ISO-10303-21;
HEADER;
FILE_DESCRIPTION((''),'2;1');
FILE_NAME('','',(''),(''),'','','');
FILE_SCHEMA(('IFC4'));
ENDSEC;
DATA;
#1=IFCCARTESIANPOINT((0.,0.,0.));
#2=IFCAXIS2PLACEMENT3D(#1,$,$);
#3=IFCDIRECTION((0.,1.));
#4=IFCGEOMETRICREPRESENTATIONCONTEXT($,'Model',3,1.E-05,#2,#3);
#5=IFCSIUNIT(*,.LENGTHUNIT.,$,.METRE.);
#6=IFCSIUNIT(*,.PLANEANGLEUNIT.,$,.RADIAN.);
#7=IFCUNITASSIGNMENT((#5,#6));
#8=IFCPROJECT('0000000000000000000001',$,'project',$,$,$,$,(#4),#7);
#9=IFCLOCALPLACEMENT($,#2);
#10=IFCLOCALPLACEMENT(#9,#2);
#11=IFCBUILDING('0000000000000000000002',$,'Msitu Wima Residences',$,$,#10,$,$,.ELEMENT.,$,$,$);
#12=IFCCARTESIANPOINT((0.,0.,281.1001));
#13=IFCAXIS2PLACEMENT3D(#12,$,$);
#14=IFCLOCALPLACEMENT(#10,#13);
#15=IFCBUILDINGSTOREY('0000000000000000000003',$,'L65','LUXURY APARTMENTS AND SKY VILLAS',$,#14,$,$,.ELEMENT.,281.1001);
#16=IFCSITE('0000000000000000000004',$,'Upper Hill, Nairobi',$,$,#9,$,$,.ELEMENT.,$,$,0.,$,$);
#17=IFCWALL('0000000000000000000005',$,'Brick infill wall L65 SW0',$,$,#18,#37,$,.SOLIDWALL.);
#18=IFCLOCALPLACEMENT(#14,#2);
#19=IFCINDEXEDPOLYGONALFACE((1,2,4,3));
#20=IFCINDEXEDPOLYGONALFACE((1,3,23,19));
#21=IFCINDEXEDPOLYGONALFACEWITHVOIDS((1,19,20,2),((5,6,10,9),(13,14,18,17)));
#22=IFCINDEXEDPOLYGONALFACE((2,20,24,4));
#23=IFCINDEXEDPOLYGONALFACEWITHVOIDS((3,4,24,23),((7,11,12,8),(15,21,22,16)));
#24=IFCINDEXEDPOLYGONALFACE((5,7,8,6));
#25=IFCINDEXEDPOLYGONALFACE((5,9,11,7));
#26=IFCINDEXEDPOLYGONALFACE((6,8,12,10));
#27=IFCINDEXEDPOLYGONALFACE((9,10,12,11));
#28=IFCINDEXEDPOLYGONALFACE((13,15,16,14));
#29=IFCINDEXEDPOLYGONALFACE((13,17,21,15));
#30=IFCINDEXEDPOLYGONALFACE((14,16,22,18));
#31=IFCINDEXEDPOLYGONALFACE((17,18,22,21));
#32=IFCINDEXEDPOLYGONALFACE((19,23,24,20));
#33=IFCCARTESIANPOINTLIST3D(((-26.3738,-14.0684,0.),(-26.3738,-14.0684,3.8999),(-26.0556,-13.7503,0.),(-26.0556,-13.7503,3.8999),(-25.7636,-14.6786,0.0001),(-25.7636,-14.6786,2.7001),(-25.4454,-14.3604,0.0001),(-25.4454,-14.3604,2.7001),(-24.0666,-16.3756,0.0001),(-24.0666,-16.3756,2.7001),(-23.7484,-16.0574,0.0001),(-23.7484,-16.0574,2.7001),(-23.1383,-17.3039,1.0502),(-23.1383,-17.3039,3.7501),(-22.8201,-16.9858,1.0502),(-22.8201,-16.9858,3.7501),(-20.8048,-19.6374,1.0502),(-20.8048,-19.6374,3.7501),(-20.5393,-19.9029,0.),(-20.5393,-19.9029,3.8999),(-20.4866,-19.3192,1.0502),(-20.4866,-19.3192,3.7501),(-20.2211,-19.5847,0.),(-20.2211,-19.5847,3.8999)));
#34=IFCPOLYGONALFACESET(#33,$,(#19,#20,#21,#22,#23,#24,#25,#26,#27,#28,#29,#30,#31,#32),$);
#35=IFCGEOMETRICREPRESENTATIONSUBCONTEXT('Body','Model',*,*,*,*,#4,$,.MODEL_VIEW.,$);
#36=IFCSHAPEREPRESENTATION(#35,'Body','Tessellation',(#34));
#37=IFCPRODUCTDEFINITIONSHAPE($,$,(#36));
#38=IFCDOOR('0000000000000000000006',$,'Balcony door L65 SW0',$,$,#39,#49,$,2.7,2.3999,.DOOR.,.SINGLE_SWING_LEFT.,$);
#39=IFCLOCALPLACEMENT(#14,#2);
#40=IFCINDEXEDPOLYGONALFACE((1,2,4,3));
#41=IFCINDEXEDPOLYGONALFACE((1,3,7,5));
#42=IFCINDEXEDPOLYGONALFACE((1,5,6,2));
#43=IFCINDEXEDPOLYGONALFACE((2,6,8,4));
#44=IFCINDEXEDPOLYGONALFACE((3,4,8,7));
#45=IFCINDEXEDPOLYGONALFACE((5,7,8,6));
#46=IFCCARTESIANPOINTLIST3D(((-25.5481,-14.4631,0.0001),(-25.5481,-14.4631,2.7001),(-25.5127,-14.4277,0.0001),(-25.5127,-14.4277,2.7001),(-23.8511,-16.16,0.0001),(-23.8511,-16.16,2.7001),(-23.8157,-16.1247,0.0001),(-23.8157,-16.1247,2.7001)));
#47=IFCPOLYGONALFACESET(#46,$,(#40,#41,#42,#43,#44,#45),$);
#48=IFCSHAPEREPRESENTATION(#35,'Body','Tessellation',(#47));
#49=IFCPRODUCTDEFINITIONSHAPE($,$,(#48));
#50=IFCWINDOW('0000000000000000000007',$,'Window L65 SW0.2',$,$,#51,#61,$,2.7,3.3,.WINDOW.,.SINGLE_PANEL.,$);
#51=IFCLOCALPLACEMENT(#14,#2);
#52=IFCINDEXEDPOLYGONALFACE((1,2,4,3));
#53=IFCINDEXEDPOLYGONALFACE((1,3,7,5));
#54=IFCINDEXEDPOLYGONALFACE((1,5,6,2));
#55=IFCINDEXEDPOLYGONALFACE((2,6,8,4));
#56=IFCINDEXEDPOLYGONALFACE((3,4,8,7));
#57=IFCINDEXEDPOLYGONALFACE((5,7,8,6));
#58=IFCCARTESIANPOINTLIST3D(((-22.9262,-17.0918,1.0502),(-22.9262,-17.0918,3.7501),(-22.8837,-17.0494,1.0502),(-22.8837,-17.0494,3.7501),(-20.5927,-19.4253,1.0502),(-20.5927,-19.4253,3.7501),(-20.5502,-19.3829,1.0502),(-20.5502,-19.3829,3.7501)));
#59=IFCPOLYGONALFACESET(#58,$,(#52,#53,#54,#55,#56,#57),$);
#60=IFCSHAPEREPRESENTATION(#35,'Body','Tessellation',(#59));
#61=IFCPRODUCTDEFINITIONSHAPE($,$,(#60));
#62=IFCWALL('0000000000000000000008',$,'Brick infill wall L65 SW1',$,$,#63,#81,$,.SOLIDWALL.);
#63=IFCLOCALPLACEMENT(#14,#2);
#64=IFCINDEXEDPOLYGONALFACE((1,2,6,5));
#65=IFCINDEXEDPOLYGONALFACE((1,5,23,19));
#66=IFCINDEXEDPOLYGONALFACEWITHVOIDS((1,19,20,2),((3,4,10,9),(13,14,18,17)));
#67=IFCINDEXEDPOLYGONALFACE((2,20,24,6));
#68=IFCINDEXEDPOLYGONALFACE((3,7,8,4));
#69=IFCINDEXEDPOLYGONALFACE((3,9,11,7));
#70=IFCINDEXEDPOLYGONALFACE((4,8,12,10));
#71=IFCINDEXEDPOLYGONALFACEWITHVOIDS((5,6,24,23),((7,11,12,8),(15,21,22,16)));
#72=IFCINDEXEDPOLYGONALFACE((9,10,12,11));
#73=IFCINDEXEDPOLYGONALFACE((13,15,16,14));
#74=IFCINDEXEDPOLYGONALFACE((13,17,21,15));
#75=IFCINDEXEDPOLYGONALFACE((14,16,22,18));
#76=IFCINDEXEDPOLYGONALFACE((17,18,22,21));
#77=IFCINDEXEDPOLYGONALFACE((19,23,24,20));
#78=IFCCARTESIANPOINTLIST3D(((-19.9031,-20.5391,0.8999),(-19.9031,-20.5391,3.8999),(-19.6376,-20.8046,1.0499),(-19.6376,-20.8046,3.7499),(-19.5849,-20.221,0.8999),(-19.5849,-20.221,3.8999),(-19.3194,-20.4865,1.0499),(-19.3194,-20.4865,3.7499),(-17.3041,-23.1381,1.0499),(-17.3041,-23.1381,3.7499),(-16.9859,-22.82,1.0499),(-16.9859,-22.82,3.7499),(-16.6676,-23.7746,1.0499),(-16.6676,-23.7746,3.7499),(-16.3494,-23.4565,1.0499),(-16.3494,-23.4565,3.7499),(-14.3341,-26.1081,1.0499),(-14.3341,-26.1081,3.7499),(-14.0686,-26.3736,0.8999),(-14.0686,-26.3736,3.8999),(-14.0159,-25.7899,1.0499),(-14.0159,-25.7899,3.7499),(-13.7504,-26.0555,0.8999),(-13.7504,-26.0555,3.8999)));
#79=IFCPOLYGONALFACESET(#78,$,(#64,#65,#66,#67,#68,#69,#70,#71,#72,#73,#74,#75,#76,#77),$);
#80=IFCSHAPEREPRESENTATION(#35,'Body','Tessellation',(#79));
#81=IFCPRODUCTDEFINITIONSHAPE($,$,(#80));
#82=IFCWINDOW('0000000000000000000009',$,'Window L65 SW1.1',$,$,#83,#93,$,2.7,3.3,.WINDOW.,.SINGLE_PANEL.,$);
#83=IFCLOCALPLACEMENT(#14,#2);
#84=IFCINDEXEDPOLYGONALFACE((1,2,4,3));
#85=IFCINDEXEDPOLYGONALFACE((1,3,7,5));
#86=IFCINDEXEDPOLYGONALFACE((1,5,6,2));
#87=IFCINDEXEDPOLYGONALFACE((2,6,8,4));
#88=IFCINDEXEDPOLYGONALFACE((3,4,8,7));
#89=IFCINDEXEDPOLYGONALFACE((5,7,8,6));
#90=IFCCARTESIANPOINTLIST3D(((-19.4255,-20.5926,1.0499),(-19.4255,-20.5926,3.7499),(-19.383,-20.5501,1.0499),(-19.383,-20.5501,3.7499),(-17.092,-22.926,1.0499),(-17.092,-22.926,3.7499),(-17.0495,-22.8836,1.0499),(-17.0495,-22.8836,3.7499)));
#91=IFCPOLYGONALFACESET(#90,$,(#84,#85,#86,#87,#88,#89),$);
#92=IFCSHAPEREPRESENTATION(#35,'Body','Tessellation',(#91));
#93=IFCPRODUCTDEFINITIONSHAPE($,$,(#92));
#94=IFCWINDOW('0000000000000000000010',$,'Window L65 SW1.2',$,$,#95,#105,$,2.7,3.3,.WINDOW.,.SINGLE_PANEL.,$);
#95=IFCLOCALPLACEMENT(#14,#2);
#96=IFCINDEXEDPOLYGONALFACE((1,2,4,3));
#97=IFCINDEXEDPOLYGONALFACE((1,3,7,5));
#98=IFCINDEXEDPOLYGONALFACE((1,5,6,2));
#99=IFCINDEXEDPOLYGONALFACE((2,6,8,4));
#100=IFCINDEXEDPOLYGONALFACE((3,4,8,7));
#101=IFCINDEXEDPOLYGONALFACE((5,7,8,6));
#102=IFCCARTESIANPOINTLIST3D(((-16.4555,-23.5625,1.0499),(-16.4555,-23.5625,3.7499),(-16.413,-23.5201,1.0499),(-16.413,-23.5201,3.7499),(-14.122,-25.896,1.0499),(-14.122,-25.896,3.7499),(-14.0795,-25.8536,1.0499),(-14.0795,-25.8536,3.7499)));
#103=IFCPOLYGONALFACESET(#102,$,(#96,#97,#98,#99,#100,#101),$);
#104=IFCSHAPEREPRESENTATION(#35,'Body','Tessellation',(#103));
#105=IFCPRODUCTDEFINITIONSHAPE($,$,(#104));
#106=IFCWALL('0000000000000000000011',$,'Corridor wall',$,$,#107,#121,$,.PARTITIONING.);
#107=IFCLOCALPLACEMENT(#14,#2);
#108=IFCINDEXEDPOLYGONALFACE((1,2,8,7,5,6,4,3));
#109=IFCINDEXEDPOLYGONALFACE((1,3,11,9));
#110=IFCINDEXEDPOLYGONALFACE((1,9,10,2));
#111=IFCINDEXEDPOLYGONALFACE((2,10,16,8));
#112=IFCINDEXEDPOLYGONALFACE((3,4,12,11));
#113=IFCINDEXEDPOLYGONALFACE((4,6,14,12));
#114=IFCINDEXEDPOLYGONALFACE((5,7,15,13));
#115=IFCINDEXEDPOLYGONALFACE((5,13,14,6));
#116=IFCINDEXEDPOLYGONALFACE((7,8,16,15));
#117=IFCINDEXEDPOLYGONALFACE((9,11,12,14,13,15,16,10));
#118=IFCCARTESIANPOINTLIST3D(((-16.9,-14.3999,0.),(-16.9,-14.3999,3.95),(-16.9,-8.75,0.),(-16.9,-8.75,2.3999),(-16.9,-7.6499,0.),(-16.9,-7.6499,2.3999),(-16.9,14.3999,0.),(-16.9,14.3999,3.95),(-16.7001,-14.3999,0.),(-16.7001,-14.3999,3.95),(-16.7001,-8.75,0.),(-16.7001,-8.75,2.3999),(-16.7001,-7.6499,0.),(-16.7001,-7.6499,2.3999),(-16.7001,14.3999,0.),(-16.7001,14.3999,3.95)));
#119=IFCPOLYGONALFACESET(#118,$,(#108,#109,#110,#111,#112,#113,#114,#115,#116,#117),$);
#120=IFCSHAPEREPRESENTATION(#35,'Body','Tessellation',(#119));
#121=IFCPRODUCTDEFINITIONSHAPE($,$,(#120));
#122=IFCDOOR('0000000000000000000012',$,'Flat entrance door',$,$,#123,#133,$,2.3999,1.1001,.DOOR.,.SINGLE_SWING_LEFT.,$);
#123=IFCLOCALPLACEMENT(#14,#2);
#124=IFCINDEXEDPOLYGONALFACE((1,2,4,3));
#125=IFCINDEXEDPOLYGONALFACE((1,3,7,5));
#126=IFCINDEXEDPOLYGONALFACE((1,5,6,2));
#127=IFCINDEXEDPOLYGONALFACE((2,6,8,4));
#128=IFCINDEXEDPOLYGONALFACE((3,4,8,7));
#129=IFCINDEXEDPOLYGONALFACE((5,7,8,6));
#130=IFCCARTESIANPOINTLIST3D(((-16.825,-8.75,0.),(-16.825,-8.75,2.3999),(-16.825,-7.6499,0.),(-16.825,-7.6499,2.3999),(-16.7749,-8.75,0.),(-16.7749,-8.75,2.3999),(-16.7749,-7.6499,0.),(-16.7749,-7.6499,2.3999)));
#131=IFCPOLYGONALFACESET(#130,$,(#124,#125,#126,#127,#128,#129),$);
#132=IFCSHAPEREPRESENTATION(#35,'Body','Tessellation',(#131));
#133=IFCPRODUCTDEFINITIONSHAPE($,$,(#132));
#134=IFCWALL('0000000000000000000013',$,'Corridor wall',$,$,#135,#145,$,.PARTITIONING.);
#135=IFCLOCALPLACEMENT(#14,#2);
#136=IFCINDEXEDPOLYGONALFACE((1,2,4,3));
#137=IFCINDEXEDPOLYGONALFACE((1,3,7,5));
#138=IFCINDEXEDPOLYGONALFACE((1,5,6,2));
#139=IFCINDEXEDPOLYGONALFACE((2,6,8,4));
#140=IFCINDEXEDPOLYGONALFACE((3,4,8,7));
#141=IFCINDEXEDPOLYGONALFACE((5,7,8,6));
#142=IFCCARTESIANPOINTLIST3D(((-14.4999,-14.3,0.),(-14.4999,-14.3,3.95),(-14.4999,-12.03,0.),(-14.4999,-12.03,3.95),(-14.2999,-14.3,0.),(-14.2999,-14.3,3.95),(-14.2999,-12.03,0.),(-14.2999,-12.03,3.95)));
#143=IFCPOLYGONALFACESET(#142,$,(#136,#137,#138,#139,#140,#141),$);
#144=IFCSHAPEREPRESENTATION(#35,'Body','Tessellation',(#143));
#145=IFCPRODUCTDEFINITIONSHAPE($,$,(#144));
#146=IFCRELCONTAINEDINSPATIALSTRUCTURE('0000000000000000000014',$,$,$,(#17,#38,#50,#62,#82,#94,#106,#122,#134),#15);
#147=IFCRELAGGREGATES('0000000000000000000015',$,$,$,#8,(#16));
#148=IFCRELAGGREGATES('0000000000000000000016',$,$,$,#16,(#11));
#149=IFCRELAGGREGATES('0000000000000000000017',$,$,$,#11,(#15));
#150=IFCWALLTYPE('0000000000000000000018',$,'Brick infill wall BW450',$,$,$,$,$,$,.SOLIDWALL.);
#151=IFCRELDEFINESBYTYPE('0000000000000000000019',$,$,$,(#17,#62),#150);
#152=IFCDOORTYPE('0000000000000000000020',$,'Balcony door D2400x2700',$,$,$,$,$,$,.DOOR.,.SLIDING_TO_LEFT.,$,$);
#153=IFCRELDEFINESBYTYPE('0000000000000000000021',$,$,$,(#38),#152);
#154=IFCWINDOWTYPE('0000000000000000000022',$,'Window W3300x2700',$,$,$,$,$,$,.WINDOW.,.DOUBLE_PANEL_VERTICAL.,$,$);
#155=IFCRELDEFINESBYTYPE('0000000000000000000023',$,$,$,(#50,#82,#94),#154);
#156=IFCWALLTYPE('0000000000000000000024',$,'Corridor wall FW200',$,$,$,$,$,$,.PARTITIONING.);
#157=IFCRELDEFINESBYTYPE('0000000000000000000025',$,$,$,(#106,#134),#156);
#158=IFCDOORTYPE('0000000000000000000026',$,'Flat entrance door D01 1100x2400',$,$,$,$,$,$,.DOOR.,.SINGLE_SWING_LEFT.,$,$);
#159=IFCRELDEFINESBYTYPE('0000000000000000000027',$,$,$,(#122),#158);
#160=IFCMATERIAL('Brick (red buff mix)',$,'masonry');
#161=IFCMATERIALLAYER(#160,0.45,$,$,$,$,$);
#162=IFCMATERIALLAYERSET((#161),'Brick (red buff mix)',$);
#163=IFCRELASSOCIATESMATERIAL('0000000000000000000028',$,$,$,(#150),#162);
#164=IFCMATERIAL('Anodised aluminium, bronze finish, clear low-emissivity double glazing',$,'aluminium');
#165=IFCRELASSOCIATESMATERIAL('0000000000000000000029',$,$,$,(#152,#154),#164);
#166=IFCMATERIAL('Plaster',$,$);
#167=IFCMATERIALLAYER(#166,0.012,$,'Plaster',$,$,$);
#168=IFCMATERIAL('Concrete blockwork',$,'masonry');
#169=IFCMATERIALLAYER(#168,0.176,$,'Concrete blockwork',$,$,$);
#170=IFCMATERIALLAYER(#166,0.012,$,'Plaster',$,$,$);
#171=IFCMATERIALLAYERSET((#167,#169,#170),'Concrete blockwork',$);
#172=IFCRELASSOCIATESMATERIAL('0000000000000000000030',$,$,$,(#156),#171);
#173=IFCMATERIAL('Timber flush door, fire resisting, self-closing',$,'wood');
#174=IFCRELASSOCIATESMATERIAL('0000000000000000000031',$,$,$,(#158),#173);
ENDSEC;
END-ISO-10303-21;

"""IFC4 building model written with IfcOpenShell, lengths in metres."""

from ifc_helpers import new_model, si_unit, direction, frame, frame_2d, origin, place, context, subcontext, project, spatial, rectangle, extrude, material, layer, layer_set, type_object, element, fill, save


model = new_model("IFC4")

# Units and contexts
model_context = context("Model", 3, precision=1e-05, world=origin(), true_north=direction((0.0, 1.0)))
body_context = subcontext(model_context, "Body", "Model", "MODEL_VIEW")
ifc_project = project(units=[si_unit("LENGTHUNIT", "METRE"), si_unit("PLANEANGLEUNIT", "RADIAN")], contexts=[model_context])

# Site, building, storey
site_placement = place(None, origin())
site = spatial("IfcSite", under=ifc_project, at=site_placement, Name="Upper Hill, Nairobi", CompositionType="ELEMENT", RefElevation=0.0)
building_placement = place(site_placement, origin())
building = spatial("IfcBuilding", under=site, at=building_placement, Name="Msitu Wima Residences", CompositionType="ELEMENT")
storey_placement = place(building_placement, frame((0.0, 0.0, 281.1001)))
storey = spatial("IfcBuildingStorey", under=building, at=storey_placement, Name="L65", Description="LUXURY APARTMENTS AND SKY VILLAS", CompositionType="ELEMENT", Elevation=281.1001)

# Wall, openings, door, window
ifc_material_1 = material(Name="Brick (red buff mix)", Category="masonry")
ifc_layer_1 = layer(ifc_material_1, 0.45)
ifc_layer_set_1 = layer_set([ifc_layer_1], Name="Brick (red buff mix)")
wall_type_1 = type_object("IfcWallType", Name="Brick infill wall BW450", PredefinedType="SOLIDWALL", material=ifc_layer_set_1)
wall_1_placement = place(storey_placement, frame((-26.2146, -13.9094, 0.0), z_axis=(0.0, 0.0, 1.0), x_axis=(0.707107, -0.707107, 0.0)))
wall_1 = element("IfcWall", 1, at=wall_1_placement, inside=storey, type_object=wall_type_1, Name="Brick infill wall L65 SW0", PredefinedType="SOLIDWALL", context=body_context, shape_type="SweptSolid", body=[
    extrude(rectangle(XDim=8.2512, YDim=0.45, at=frame_2d((4.1255, 0.0))), origin(), (0.0, 0.0, 1.0), 3.8999),
])
opening_1_placement = place(wall_1_placement, frame((0.8628, 0.0, 0.0)))
opening_1 = element("IfcOpeningElement", 2, at=opening_1_placement, cuts=wall_1, PredefinedType="OPENING", context=body_context, shape_type="SweptSolid", body=[
    extrude(rectangle(XDim=2.3999, YDim=2.7, at=frame_2d((1.2, 1.3501))), frame((0.0, 0.2349, 0.0), z_axis=(0.0, -1.0, 0.0), x_axis=(1.0, 0.0, 0.0)), (0.0, 0.0, 1.0), 0.47),
])
opening_2_placement = place(wall_1_placement, frame((4.5757, 0.0, 1.05)))
opening_2 = element("IfcOpeningElement", 3, at=opening_2_placement, cuts=wall_1, PredefinedType="OPENING", context=body_context, shape_type="SweptSolid", body=[
    extrude(rectangle(XDim=3.3, YDim=2.7, at=frame_2d((1.6499, 1.3501))), frame((0.0, 0.2349, 0.0), z_axis=(0.0, -1.0, 0.0), x_axis=(1.0, 0.0, 0.0)), (0.0, 0.0, 1.0), 0.47),
])
ifc_material_2 = material(Name="Anodised aluminium, bronze finish, clear low-emissivity double glazing", Category="aluminium")
door_type_1 = type_object("IfcDoorType", Name="Balcony door D2400x2700", OperationType="SLIDING_TO_LEFT", PredefinedType="DOOR", material=ifc_material_2)
door_1_placement = place(opening_1_placement, origin())
door_1 = element("IfcDoor", 4, at=door_1_placement, inside=storey, type_object=door_type_1, Name="Balcony door L65 SW0", OperationType="SINGLE_SWING_LEFT", OverallHeight=2.7, OverallWidth=2.3999, PredefinedType="DOOR", context=body_context, shape_type="SweptSolid", body=[
    extrude(rectangle(XDim=2.3999, YDim=2.7, at=frame_2d((1.2, 1.3501))), frame((0.0, 0.1299, 0.0), z_axis=(0.0, -1.0, 0.0), x_axis=(1.0, 0.0, 0.0)), (0.0, 0.0, 1.0), 0.05),
])
fill(opening_1, door_1)
window_type = type_object("IfcWindowType", Name="Window W3300x2700", PartitioningType="DOUBLE_PANEL_VERTICAL", PredefinedType="WINDOW", material=ifc_material_2)
window_1_placement = place(opening_2_placement, origin())
window_1 = element("IfcWindow", 5, at=window_1_placement, inside=storey, type_object=window_type, Name="Window L65 SW0.2", OverallHeight=2.7, OverallWidth=3.3, PartitioningType="SINGLE_PANEL", PredefinedType="WINDOW", context=body_context, shape_type="SweptSolid", body=[
    extrude(rectangle(XDim=3.3, YDim=2.7, at=frame_2d((1.6499, 1.3501))), frame((0.0, 0.135, 0.0), z_axis=(0.0, -1.0, 0.0), x_axis=(1.0, 0.0, 0.0)), (0.0, 0.0, 1.0), 0.0601),
])
fill(opening_2, window_1)

# Wall, openings, windows
wall_2_placement = place(storey_placement, frame((-19.7439, -20.3801, 0.8999), z_axis=(0.0, 0.0, 1.0), x_axis=(0.707107, -0.707107, 0.0)))
wall_2 = element("IfcWall", 6, at=wall_2_placement, inside=storey, type_object=wall_type_1, Name="Brick infill wall L65 SW1", PredefinedType="SOLIDWALL", context=body_context, shape_type="SweptSolid", body=[
    extrude(rectangle(XDim=8.2512, YDim=0.45, at=frame_2d((4.1255, 0.0))), origin(), (0.0, 0.0, 1.0), 3.0),
])
opening_3_placement = place(wall_2_placement, frame((0.3755, 0.0, 0.1499)))
opening_3 = element("IfcOpeningElement", 7, at=opening_3_placement, cuts=wall_2, PredefinedType="OPENING", context=body_context, shape_type="SweptSolid", body=[
    extrude(rectangle(XDim=3.3, YDim=2.7, at=frame_2d((1.6499, 1.3501))), frame((0.0, 0.2349, 0.0), z_axis=(0.0, -1.0, 0.0), x_axis=(1.0, 0.0, 0.0)), (0.0, 0.0, 1.0), 0.47),
])
opening_4_placement = place(wall_2_placement, frame((4.5757, 0.0, 0.1499)))
opening_4 = element("IfcOpeningElement", 8, at=opening_4_placement, cuts=wall_2, PredefinedType="OPENING", context=body_context, shape_type="SweptSolid", body=[
    extrude(rectangle(XDim=3.3, YDim=2.7, at=frame_2d((1.6499, 1.3501))), frame((0.0, 0.2349, 0.0), z_axis=(0.0, -1.0, 0.0), x_axis=(1.0, 0.0, 0.0)), (0.0, 0.0, 1.0), 0.47),
])
window_2_placement = place(opening_3_placement, origin())
window_2 = element("IfcWindow", 9, at=window_2_placement, inside=storey, type_object=window_type, Name="Window L65 SW1.1", OverallHeight=2.7, OverallWidth=3.3, PartitioningType="SINGLE_PANEL", PredefinedType="WINDOW", context=body_context, shape_type="SweptSolid", body=[
    extrude(rectangle(XDim=3.3, YDim=2.7, at=frame_2d((1.6499, 1.3501))), frame((0.0, 0.135, 0.0), z_axis=(0.0, -1.0, 0.0), x_axis=(1.0, 0.0, 0.0)), (0.0, 0.0, 1.0), 0.0601),
])
fill(opening_3, window_2)
window_3_placement = place(opening_4_placement, origin())
window_3 = element("IfcWindow", 10, at=window_3_placement, inside=storey, type_object=window_type, Name="Window L65 SW1.2", OverallHeight=2.7, OverallWidth=3.3, PartitioningType="SINGLE_PANEL", PredefinedType="WINDOW", context=body_context, shape_type="SweptSolid", body=[
    extrude(rectangle(XDim=3.3, YDim=2.7, at=frame_2d((1.6499, 1.3501))), frame((0.0, 0.135, 0.0), z_axis=(0.0, -1.0, 0.0), x_axis=(1.0, 0.0, 0.0)), (0.0, 0.0, 1.0), 0.0601),
])
fill(opening_4, window_3)

# Wall, opening, door
ifc_material_3 = material(Name="Plaster")
ifc_layer_2 = layer(ifc_material_3, 0.012, Name="Plaster")
ifc_material_4 = material(Name="Concrete blockwork", Category="masonry")
ifc_layer_3 = layer(ifc_material_4, 0.176, Name="Concrete blockwork")
ifc_layer_4 = layer(ifc_material_3, 0.012, Name="Plaster")
ifc_layer_set_2 = layer_set([ifc_layer_2, ifc_layer_3, ifc_layer_4], Name="Concrete blockwork")
wall_type_2 = type_object("IfcWallType", Name="Corridor wall FW200", PredefinedType="PARTITIONING", material=ifc_layer_set_2)
wall_3_placement = place(storey_placement, frame((-16.8, -14.3999, 0.0), z_axis=(0.0, 0.0, 1.0), x_axis=(0.0, 1.0, 0.0)))
wall_3 = element("IfcWall", 11, at=wall_3_placement, inside=storey, type_object=wall_type_2, Name="Corridor wall", PredefinedType="PARTITIONING", context=body_context, shape_type="SweptSolid", body=[
    extrude(rectangle(XDim=28.7998, YDim=0.2, at=frame_2d((14.3999, 0.0))), origin(), (0.0, 0.0, 1.0), 3.95),
])
opening_5_placement = place(wall_3_placement, frame((5.6499, 0.0, 0.0)))
opening_5 = element("IfcOpeningElement", 12, at=opening_5_placement, cuts=wall_3, PredefinedType="OPENING", context=body_context, shape_type="SweptSolid", body=[
    extrude(rectangle(XDim=1.1001, YDim=2.3999, at=frame_2d((0.55, 1.2))), frame((0.0, 0.1099, 0.0), z_axis=(0.0, -1.0, 0.0), x_axis=(1.0, 0.0, 0.0)), (0.0, 0.0, 1.0), 0.22),
])
ifc_material_5 = material(Name="Timber flush door, fire resisting, self-closing", Category="wood")
door_type_2 = type_object("IfcDoorType", Name="Flat entrance door D01 1100x2400", OperationType="SINGLE_SWING_LEFT", PredefinedType="DOOR", material=ifc_material_5)
door_2_placement = place(opening_5_placement, origin())
door_2 = element("IfcDoor", 13, at=door_2_placement, inside=storey, type_object=door_type_2, Name="Flat entrance door", OperationType="SINGLE_SWING_LEFT", OverallHeight=2.3999, OverallWidth=1.1001, PredefinedType="DOOR", context=body_context, shape_type="SweptSolid", body=[
    extrude(rectangle(XDim=1.1001, YDim=2.3999, at=frame_2d((0.55, 1.2))), frame((0.0, 0.0249, 0.0), z_axis=(0.0, -1.0, 0.0), x_axis=(1.0, 0.0, 0.0)), (0.0, 0.0, 1.0), 0.05),
])
fill(opening_5, door_2)

# Wall
wall_4_placement = place(storey_placement, frame((-14.3999, -14.3, 0.0), z_axis=(0.0, 0.0, 1.0), x_axis=(0.0, 1.0, 0.0)))
element("IfcWall", 14, at=wall_4_placement, inside=storey, type_object=wall_type_2, Name="Corridor wall", PredefinedType="PARTITIONING", context=body_context, shape_type="SweptSolid", body=[
    extrude(rectangle(XDim=2.27, YDim=0.2, at=frame_2d((1.135, 0.0))), origin(), (0.0, 0.0, 1.0), 3.95),
])

save(model, "model.ifc")
